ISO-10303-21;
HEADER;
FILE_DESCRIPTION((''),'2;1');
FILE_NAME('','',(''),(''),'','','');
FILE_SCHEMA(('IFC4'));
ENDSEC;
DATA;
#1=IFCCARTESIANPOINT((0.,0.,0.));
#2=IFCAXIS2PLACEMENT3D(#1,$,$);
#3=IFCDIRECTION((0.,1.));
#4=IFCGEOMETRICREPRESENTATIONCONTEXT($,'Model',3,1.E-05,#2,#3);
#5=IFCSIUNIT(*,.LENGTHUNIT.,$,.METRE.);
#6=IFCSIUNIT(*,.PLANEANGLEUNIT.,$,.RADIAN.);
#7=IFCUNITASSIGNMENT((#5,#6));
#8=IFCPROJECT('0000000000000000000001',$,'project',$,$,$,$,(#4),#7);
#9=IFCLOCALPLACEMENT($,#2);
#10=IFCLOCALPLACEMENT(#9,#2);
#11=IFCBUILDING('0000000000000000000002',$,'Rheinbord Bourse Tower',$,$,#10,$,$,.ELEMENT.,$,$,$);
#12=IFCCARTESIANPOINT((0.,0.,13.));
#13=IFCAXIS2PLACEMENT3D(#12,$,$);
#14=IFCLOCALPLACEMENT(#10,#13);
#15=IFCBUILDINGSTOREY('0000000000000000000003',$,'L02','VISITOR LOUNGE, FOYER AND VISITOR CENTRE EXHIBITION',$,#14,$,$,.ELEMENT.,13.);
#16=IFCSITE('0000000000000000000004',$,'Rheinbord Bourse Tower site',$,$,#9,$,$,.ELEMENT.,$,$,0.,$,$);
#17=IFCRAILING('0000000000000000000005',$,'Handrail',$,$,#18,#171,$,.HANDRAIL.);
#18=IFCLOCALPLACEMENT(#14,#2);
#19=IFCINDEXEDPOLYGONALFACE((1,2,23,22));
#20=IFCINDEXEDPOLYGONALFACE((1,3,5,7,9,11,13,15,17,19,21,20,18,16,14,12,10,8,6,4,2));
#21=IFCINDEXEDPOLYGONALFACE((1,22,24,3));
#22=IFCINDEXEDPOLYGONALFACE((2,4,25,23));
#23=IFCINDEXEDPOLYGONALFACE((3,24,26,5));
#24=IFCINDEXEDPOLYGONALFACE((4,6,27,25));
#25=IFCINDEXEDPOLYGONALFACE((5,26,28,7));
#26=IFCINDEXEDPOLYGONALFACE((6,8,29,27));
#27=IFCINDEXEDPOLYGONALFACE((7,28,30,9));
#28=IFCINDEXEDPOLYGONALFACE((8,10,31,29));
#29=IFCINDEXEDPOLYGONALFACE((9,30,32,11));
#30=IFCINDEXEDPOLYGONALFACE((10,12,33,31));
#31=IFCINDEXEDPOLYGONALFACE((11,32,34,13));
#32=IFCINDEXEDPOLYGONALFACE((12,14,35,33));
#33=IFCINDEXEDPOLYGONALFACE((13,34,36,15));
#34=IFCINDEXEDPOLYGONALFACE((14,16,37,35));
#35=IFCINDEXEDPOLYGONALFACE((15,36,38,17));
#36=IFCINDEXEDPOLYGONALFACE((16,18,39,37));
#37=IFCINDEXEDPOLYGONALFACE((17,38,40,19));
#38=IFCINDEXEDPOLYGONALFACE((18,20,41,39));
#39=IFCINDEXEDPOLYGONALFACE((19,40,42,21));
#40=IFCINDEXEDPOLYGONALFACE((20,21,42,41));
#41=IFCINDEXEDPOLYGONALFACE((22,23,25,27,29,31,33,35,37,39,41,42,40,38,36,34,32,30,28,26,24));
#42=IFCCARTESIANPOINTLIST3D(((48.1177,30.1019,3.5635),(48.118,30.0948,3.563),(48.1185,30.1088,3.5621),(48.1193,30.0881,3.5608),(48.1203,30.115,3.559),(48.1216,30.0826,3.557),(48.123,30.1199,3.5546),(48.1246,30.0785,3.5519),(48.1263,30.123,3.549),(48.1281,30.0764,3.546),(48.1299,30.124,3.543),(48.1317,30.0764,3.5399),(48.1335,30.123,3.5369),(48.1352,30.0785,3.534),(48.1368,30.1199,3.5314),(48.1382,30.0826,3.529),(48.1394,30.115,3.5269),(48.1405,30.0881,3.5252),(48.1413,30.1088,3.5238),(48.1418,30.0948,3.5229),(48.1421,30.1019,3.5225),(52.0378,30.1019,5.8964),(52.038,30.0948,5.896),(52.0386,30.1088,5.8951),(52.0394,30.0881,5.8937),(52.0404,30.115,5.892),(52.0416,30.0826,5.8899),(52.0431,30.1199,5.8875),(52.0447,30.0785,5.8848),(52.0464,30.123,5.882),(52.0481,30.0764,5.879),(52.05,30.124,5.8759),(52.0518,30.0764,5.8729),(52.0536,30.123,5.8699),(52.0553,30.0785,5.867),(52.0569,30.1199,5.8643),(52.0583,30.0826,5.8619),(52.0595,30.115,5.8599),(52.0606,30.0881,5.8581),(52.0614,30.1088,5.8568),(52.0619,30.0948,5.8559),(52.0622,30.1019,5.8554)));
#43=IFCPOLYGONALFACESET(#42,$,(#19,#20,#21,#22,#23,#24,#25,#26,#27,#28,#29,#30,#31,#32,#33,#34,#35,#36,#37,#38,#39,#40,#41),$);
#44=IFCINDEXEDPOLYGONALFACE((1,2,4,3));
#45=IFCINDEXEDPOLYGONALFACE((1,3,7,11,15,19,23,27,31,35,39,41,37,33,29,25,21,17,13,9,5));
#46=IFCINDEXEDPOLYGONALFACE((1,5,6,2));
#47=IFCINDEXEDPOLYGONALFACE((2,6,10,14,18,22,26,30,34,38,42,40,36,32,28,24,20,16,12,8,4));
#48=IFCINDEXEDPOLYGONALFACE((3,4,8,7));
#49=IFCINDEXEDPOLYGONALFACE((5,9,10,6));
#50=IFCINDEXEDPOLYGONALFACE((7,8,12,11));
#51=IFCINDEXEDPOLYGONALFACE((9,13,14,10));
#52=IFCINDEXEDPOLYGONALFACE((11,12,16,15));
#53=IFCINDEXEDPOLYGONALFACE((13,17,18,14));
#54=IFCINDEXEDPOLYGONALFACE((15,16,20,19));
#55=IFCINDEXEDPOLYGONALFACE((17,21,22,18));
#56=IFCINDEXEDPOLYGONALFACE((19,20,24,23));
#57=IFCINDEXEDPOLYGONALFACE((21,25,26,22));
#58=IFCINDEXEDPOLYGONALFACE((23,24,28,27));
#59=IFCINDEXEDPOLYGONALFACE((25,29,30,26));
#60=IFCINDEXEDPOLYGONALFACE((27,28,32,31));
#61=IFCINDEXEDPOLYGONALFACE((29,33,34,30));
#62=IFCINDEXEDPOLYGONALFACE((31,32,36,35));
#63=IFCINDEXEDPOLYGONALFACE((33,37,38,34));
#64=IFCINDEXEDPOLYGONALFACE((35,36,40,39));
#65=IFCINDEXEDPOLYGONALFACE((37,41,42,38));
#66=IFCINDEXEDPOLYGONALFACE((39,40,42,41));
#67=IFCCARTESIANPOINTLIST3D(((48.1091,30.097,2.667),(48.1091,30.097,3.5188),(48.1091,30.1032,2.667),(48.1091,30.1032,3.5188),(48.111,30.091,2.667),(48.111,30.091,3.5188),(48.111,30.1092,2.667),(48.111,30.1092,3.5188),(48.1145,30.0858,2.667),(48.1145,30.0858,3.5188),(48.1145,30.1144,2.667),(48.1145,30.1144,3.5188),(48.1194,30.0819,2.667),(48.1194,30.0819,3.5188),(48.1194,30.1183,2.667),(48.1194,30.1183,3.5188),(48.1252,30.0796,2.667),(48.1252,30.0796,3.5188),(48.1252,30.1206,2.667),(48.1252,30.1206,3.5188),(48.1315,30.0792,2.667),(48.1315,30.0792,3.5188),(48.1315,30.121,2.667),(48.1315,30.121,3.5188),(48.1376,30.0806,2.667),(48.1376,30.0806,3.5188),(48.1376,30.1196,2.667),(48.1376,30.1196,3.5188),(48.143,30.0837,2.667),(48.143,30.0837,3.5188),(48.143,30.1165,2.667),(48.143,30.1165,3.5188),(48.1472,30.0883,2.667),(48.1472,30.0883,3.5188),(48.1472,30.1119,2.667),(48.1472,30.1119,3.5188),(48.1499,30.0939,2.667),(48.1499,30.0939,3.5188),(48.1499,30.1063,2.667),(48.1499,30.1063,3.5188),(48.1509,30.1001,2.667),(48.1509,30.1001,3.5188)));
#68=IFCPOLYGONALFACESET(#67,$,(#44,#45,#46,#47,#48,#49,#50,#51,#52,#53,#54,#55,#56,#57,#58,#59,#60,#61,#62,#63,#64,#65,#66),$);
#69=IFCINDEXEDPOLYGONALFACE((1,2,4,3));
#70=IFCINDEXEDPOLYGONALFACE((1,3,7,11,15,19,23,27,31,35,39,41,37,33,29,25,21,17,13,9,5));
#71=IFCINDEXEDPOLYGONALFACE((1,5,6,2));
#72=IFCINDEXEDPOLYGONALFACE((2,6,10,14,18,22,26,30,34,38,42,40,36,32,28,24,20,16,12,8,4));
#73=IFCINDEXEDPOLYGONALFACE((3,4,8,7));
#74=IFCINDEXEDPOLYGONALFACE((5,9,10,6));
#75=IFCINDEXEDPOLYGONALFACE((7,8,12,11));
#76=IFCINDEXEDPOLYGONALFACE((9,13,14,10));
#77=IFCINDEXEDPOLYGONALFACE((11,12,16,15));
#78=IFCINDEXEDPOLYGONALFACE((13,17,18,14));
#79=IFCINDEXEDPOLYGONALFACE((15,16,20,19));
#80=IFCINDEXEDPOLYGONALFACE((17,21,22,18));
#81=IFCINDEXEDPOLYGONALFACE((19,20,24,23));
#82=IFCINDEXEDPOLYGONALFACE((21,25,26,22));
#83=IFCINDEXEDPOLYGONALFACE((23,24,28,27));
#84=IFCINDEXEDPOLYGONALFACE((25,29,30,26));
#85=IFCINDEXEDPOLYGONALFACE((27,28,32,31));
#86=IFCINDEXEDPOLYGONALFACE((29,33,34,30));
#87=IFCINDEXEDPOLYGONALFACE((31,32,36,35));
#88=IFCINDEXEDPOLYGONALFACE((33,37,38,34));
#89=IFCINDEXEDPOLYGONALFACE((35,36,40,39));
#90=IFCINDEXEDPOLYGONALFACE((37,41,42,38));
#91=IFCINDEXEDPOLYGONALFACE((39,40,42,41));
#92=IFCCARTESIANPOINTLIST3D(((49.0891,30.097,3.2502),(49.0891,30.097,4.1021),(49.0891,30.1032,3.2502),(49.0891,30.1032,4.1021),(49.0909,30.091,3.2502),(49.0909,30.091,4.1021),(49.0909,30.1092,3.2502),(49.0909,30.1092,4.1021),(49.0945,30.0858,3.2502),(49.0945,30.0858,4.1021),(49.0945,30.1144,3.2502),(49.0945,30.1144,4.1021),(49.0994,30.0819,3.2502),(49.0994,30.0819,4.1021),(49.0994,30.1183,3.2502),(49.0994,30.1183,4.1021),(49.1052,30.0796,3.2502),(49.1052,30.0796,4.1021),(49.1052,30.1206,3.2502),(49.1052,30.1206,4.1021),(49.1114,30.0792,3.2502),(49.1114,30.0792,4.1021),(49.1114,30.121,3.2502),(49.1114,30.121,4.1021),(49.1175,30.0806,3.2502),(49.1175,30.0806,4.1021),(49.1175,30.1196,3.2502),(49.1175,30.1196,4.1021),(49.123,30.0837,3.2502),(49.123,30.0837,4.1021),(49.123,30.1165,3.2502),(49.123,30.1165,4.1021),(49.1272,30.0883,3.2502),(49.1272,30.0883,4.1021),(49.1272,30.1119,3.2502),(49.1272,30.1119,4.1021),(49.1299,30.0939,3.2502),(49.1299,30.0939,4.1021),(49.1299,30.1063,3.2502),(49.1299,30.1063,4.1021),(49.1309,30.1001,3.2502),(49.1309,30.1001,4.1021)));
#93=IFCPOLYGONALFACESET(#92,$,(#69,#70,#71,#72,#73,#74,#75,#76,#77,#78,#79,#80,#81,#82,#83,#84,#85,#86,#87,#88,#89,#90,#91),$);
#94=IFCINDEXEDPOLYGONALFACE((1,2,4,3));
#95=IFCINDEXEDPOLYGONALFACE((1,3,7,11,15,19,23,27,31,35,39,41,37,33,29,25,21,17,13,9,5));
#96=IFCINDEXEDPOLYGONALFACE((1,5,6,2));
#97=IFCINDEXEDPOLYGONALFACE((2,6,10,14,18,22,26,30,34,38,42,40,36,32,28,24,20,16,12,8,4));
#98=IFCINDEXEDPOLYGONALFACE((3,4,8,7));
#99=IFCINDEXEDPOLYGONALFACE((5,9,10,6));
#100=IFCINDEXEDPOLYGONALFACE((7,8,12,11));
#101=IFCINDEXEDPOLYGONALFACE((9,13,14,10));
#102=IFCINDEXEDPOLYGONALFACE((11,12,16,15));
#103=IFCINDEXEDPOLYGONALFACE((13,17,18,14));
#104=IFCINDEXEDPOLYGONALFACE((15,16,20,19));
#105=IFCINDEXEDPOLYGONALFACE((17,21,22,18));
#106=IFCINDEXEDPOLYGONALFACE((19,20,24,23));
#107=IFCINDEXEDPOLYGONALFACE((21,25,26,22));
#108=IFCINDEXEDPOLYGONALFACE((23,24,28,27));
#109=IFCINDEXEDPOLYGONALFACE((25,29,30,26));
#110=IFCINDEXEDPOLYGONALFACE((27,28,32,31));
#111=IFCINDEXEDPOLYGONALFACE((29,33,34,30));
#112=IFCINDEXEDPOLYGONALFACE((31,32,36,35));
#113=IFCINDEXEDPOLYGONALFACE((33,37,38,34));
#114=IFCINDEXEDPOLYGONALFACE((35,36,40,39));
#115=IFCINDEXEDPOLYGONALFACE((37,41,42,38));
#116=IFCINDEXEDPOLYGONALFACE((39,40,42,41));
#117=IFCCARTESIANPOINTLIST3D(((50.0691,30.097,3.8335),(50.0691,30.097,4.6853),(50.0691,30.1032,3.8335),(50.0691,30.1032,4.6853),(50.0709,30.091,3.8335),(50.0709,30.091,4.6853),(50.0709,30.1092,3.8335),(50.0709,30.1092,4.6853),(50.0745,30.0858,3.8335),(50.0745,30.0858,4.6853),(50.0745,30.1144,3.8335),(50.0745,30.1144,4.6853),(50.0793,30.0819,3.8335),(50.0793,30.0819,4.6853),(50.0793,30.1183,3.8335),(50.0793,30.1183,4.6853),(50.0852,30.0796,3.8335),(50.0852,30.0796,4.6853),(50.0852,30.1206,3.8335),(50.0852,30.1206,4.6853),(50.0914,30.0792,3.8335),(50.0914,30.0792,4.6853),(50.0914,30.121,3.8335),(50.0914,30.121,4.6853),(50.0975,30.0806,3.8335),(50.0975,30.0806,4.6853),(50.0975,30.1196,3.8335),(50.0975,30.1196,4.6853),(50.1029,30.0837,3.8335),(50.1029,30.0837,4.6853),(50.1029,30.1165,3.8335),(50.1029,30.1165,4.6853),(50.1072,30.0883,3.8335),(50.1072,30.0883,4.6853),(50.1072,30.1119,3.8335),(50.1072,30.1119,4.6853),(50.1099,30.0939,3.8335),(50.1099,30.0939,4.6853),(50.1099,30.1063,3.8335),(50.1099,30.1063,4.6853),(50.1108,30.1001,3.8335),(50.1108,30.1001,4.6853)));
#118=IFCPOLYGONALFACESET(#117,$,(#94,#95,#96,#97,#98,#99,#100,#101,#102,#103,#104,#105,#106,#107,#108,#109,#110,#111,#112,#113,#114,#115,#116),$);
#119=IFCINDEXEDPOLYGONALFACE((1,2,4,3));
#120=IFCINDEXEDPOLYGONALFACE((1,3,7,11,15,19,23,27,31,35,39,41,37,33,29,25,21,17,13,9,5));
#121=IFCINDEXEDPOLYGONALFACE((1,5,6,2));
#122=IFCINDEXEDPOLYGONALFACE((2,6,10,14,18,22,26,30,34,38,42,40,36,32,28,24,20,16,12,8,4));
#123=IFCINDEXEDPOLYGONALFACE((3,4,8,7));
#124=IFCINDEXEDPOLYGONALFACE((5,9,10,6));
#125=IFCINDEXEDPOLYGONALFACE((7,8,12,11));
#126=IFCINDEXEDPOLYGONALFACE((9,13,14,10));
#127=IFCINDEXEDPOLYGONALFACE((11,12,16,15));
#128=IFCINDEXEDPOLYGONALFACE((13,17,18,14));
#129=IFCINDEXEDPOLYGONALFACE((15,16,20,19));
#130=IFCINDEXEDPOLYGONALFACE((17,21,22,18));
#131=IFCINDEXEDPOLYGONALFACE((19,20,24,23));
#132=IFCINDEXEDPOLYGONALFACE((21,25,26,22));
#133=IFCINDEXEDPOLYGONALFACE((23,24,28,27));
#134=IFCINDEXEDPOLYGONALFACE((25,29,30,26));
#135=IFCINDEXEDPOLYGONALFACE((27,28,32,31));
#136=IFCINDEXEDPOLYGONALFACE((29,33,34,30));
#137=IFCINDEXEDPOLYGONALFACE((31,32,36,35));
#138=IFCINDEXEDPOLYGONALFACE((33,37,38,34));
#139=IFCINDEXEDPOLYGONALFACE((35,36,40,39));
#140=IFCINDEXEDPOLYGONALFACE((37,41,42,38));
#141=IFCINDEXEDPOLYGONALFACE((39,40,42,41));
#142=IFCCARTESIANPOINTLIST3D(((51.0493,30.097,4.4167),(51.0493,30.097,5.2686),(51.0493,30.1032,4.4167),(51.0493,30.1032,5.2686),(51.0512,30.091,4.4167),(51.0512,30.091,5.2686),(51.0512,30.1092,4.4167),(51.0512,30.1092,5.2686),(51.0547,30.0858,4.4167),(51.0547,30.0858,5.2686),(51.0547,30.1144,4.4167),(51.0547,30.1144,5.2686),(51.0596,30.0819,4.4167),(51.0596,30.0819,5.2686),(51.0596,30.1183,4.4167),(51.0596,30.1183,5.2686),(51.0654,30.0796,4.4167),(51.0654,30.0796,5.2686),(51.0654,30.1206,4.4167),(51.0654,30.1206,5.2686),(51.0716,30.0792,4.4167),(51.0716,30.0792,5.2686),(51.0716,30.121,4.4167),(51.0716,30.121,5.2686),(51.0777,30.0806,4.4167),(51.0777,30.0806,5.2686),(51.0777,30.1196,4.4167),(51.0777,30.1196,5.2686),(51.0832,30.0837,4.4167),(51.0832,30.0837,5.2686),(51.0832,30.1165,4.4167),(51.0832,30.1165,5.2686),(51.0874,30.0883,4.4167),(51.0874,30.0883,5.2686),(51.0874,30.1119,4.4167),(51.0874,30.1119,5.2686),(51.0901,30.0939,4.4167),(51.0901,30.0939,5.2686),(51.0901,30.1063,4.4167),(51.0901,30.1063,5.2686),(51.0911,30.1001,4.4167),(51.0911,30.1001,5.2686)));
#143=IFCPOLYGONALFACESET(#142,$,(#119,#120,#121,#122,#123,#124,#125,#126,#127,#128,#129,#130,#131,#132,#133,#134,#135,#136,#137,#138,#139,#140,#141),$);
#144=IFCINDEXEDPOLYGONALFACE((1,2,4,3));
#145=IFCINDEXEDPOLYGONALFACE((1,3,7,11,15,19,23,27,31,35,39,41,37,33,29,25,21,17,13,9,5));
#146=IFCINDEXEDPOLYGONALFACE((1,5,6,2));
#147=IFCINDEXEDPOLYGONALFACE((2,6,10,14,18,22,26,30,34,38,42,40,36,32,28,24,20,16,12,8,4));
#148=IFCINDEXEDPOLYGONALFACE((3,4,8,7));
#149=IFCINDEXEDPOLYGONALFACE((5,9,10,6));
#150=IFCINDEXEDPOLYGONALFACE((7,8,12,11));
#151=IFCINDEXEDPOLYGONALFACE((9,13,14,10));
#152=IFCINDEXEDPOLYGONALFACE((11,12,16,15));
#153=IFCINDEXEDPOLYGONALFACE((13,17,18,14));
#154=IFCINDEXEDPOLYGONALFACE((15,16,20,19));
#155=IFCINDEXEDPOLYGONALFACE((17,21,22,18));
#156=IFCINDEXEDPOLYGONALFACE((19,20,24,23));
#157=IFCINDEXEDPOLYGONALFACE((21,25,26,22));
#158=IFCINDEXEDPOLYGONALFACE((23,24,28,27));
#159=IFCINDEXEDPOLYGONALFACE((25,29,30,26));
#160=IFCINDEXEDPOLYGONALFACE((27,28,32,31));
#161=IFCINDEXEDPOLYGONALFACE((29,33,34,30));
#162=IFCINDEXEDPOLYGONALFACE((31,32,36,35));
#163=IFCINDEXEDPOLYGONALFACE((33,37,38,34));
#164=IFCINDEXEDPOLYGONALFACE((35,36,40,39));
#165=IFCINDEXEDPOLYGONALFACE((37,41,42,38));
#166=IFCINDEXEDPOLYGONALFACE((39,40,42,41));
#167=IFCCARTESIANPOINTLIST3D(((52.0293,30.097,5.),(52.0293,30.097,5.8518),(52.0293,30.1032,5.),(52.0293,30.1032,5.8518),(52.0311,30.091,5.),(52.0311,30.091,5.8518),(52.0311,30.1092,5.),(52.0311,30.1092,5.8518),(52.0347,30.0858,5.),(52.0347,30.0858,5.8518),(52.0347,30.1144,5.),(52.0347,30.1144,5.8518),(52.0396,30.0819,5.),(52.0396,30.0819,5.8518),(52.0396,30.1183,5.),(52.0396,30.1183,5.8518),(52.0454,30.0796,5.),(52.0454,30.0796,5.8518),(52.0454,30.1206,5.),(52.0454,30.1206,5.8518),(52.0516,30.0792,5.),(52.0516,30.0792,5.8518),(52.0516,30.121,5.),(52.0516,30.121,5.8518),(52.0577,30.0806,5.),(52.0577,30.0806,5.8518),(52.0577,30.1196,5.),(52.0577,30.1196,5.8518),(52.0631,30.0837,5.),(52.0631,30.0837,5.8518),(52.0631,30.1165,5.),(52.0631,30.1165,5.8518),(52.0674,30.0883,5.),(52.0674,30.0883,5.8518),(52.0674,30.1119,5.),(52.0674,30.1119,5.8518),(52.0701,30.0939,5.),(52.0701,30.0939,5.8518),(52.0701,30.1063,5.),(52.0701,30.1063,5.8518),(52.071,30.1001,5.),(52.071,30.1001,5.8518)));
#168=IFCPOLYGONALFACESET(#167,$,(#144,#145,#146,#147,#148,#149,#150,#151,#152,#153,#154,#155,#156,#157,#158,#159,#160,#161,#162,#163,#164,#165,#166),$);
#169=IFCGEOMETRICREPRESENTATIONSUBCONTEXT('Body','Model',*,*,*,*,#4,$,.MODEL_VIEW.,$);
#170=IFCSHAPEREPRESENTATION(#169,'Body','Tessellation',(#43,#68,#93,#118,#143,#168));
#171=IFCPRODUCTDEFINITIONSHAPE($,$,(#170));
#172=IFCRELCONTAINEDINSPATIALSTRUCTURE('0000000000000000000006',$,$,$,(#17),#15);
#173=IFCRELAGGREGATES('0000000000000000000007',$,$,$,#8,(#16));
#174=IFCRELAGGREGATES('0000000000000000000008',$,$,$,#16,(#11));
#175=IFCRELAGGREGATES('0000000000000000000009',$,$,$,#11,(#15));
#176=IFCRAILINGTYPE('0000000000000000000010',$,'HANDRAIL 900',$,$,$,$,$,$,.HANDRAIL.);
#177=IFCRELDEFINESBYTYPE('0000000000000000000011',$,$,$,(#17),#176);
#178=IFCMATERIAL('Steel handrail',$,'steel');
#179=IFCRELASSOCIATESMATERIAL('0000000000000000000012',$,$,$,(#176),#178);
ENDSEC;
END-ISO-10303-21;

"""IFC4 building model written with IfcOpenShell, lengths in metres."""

from ifc_helpers import new_model, si_unit, direction, frame, origin, origin_2d, place, context, subcontext, project, spatial, circle, extrude, material, type_object, element, save


model = new_model("IFC4")

# Units and contexts
model_context = context("Model", 3, precision=1e-05, world=origin(), true_north=direction((0.0, 1.0)))
body_context = subcontext(model_context, "Body", "Model", "MODEL_VIEW")
ifc_project = project(units=[si_unit("LENGTHUNIT", "METRE"), si_unit("PLANEANGLEUNIT", "RADIAN")], contexts=[model_context])

# Site, building, storey
site_placement = place(None, origin())
site = spatial("IfcSite", under=ifc_project, at=site_placement, Name="Rheinbord Bourse Tower site", CompositionType="ELEMENT", RefElevation=0.0)
building_placement = place(site_placement, origin())
building = spatial("IfcBuilding", under=site, at=building_placement, Name="Rheinbord Bourse Tower", CompositionType="ELEMENT")
storey_placement = place(building_placement, frame((0.0, 0.0, 13.0)))
storey = spatial("IfcBuildingStorey", under=building, at=storey_placement, Name="L02", Description="VISITOR LOUNGE, FOYER AND VISITOR CENTRE EXHIBITION", CompositionType="ELEMENT", Elevation=13.0)

# Railing
ifc_material_1 = material(Name="Steel handrail", Category="steel")
railing_type = type_object("IfcRailingType", Name="HANDRAIL 900", PredefinedType="HANDRAIL", material=ifc_material_1)
for number, where, name in (
    (1, (48.1299, 30.1001, 2.667), "Handrail"),
):
    element("IfcRailing", number, at=place(storey_placement, frame(where)), inside=storey, type_object=railing_type, Name=name, PredefinedType="HANDRAIL", context=body_context, shape_type="SweptSolid", body=[
        extrude(circle(Radius=0.0239, at=origin_2d()), frame((0.0, 0.0, 0.876), z_axis=(0.859334, 0.0, 0.511415), x_axis=(0.0, 1.0, 0.0)), (0.0, 0.0, 1.0), 4.5618),
        extrude(circle(Radius=0.021, at=origin_2d()), origin(), (0.0, 0.0, 1.0), 0.8518),
        extrude(circle(Radius=0.021, at=origin_2d()), frame((0.98, 0.0, 0.5833)), (0.0, 0.0, 1.0), 0.8518),
        extrude(circle(Radius=0.021, at=origin_2d()), frame((1.96, 0.0, 1.1665)), (0.0, 0.0, 1.0), 0.8518),
        extrude(circle(Radius=0.021, at=origin_2d()), frame((2.9402, 0.0, 1.7498)), (0.0, 0.0, 1.0), 0.8518),
        extrude(circle(Radius=0.021, at=origin_2d()), frame((3.9202, 0.0, 2.333)), (0.0, 0.0, 1.0), 0.8518),
    ])

save(model, "model.ifc")
